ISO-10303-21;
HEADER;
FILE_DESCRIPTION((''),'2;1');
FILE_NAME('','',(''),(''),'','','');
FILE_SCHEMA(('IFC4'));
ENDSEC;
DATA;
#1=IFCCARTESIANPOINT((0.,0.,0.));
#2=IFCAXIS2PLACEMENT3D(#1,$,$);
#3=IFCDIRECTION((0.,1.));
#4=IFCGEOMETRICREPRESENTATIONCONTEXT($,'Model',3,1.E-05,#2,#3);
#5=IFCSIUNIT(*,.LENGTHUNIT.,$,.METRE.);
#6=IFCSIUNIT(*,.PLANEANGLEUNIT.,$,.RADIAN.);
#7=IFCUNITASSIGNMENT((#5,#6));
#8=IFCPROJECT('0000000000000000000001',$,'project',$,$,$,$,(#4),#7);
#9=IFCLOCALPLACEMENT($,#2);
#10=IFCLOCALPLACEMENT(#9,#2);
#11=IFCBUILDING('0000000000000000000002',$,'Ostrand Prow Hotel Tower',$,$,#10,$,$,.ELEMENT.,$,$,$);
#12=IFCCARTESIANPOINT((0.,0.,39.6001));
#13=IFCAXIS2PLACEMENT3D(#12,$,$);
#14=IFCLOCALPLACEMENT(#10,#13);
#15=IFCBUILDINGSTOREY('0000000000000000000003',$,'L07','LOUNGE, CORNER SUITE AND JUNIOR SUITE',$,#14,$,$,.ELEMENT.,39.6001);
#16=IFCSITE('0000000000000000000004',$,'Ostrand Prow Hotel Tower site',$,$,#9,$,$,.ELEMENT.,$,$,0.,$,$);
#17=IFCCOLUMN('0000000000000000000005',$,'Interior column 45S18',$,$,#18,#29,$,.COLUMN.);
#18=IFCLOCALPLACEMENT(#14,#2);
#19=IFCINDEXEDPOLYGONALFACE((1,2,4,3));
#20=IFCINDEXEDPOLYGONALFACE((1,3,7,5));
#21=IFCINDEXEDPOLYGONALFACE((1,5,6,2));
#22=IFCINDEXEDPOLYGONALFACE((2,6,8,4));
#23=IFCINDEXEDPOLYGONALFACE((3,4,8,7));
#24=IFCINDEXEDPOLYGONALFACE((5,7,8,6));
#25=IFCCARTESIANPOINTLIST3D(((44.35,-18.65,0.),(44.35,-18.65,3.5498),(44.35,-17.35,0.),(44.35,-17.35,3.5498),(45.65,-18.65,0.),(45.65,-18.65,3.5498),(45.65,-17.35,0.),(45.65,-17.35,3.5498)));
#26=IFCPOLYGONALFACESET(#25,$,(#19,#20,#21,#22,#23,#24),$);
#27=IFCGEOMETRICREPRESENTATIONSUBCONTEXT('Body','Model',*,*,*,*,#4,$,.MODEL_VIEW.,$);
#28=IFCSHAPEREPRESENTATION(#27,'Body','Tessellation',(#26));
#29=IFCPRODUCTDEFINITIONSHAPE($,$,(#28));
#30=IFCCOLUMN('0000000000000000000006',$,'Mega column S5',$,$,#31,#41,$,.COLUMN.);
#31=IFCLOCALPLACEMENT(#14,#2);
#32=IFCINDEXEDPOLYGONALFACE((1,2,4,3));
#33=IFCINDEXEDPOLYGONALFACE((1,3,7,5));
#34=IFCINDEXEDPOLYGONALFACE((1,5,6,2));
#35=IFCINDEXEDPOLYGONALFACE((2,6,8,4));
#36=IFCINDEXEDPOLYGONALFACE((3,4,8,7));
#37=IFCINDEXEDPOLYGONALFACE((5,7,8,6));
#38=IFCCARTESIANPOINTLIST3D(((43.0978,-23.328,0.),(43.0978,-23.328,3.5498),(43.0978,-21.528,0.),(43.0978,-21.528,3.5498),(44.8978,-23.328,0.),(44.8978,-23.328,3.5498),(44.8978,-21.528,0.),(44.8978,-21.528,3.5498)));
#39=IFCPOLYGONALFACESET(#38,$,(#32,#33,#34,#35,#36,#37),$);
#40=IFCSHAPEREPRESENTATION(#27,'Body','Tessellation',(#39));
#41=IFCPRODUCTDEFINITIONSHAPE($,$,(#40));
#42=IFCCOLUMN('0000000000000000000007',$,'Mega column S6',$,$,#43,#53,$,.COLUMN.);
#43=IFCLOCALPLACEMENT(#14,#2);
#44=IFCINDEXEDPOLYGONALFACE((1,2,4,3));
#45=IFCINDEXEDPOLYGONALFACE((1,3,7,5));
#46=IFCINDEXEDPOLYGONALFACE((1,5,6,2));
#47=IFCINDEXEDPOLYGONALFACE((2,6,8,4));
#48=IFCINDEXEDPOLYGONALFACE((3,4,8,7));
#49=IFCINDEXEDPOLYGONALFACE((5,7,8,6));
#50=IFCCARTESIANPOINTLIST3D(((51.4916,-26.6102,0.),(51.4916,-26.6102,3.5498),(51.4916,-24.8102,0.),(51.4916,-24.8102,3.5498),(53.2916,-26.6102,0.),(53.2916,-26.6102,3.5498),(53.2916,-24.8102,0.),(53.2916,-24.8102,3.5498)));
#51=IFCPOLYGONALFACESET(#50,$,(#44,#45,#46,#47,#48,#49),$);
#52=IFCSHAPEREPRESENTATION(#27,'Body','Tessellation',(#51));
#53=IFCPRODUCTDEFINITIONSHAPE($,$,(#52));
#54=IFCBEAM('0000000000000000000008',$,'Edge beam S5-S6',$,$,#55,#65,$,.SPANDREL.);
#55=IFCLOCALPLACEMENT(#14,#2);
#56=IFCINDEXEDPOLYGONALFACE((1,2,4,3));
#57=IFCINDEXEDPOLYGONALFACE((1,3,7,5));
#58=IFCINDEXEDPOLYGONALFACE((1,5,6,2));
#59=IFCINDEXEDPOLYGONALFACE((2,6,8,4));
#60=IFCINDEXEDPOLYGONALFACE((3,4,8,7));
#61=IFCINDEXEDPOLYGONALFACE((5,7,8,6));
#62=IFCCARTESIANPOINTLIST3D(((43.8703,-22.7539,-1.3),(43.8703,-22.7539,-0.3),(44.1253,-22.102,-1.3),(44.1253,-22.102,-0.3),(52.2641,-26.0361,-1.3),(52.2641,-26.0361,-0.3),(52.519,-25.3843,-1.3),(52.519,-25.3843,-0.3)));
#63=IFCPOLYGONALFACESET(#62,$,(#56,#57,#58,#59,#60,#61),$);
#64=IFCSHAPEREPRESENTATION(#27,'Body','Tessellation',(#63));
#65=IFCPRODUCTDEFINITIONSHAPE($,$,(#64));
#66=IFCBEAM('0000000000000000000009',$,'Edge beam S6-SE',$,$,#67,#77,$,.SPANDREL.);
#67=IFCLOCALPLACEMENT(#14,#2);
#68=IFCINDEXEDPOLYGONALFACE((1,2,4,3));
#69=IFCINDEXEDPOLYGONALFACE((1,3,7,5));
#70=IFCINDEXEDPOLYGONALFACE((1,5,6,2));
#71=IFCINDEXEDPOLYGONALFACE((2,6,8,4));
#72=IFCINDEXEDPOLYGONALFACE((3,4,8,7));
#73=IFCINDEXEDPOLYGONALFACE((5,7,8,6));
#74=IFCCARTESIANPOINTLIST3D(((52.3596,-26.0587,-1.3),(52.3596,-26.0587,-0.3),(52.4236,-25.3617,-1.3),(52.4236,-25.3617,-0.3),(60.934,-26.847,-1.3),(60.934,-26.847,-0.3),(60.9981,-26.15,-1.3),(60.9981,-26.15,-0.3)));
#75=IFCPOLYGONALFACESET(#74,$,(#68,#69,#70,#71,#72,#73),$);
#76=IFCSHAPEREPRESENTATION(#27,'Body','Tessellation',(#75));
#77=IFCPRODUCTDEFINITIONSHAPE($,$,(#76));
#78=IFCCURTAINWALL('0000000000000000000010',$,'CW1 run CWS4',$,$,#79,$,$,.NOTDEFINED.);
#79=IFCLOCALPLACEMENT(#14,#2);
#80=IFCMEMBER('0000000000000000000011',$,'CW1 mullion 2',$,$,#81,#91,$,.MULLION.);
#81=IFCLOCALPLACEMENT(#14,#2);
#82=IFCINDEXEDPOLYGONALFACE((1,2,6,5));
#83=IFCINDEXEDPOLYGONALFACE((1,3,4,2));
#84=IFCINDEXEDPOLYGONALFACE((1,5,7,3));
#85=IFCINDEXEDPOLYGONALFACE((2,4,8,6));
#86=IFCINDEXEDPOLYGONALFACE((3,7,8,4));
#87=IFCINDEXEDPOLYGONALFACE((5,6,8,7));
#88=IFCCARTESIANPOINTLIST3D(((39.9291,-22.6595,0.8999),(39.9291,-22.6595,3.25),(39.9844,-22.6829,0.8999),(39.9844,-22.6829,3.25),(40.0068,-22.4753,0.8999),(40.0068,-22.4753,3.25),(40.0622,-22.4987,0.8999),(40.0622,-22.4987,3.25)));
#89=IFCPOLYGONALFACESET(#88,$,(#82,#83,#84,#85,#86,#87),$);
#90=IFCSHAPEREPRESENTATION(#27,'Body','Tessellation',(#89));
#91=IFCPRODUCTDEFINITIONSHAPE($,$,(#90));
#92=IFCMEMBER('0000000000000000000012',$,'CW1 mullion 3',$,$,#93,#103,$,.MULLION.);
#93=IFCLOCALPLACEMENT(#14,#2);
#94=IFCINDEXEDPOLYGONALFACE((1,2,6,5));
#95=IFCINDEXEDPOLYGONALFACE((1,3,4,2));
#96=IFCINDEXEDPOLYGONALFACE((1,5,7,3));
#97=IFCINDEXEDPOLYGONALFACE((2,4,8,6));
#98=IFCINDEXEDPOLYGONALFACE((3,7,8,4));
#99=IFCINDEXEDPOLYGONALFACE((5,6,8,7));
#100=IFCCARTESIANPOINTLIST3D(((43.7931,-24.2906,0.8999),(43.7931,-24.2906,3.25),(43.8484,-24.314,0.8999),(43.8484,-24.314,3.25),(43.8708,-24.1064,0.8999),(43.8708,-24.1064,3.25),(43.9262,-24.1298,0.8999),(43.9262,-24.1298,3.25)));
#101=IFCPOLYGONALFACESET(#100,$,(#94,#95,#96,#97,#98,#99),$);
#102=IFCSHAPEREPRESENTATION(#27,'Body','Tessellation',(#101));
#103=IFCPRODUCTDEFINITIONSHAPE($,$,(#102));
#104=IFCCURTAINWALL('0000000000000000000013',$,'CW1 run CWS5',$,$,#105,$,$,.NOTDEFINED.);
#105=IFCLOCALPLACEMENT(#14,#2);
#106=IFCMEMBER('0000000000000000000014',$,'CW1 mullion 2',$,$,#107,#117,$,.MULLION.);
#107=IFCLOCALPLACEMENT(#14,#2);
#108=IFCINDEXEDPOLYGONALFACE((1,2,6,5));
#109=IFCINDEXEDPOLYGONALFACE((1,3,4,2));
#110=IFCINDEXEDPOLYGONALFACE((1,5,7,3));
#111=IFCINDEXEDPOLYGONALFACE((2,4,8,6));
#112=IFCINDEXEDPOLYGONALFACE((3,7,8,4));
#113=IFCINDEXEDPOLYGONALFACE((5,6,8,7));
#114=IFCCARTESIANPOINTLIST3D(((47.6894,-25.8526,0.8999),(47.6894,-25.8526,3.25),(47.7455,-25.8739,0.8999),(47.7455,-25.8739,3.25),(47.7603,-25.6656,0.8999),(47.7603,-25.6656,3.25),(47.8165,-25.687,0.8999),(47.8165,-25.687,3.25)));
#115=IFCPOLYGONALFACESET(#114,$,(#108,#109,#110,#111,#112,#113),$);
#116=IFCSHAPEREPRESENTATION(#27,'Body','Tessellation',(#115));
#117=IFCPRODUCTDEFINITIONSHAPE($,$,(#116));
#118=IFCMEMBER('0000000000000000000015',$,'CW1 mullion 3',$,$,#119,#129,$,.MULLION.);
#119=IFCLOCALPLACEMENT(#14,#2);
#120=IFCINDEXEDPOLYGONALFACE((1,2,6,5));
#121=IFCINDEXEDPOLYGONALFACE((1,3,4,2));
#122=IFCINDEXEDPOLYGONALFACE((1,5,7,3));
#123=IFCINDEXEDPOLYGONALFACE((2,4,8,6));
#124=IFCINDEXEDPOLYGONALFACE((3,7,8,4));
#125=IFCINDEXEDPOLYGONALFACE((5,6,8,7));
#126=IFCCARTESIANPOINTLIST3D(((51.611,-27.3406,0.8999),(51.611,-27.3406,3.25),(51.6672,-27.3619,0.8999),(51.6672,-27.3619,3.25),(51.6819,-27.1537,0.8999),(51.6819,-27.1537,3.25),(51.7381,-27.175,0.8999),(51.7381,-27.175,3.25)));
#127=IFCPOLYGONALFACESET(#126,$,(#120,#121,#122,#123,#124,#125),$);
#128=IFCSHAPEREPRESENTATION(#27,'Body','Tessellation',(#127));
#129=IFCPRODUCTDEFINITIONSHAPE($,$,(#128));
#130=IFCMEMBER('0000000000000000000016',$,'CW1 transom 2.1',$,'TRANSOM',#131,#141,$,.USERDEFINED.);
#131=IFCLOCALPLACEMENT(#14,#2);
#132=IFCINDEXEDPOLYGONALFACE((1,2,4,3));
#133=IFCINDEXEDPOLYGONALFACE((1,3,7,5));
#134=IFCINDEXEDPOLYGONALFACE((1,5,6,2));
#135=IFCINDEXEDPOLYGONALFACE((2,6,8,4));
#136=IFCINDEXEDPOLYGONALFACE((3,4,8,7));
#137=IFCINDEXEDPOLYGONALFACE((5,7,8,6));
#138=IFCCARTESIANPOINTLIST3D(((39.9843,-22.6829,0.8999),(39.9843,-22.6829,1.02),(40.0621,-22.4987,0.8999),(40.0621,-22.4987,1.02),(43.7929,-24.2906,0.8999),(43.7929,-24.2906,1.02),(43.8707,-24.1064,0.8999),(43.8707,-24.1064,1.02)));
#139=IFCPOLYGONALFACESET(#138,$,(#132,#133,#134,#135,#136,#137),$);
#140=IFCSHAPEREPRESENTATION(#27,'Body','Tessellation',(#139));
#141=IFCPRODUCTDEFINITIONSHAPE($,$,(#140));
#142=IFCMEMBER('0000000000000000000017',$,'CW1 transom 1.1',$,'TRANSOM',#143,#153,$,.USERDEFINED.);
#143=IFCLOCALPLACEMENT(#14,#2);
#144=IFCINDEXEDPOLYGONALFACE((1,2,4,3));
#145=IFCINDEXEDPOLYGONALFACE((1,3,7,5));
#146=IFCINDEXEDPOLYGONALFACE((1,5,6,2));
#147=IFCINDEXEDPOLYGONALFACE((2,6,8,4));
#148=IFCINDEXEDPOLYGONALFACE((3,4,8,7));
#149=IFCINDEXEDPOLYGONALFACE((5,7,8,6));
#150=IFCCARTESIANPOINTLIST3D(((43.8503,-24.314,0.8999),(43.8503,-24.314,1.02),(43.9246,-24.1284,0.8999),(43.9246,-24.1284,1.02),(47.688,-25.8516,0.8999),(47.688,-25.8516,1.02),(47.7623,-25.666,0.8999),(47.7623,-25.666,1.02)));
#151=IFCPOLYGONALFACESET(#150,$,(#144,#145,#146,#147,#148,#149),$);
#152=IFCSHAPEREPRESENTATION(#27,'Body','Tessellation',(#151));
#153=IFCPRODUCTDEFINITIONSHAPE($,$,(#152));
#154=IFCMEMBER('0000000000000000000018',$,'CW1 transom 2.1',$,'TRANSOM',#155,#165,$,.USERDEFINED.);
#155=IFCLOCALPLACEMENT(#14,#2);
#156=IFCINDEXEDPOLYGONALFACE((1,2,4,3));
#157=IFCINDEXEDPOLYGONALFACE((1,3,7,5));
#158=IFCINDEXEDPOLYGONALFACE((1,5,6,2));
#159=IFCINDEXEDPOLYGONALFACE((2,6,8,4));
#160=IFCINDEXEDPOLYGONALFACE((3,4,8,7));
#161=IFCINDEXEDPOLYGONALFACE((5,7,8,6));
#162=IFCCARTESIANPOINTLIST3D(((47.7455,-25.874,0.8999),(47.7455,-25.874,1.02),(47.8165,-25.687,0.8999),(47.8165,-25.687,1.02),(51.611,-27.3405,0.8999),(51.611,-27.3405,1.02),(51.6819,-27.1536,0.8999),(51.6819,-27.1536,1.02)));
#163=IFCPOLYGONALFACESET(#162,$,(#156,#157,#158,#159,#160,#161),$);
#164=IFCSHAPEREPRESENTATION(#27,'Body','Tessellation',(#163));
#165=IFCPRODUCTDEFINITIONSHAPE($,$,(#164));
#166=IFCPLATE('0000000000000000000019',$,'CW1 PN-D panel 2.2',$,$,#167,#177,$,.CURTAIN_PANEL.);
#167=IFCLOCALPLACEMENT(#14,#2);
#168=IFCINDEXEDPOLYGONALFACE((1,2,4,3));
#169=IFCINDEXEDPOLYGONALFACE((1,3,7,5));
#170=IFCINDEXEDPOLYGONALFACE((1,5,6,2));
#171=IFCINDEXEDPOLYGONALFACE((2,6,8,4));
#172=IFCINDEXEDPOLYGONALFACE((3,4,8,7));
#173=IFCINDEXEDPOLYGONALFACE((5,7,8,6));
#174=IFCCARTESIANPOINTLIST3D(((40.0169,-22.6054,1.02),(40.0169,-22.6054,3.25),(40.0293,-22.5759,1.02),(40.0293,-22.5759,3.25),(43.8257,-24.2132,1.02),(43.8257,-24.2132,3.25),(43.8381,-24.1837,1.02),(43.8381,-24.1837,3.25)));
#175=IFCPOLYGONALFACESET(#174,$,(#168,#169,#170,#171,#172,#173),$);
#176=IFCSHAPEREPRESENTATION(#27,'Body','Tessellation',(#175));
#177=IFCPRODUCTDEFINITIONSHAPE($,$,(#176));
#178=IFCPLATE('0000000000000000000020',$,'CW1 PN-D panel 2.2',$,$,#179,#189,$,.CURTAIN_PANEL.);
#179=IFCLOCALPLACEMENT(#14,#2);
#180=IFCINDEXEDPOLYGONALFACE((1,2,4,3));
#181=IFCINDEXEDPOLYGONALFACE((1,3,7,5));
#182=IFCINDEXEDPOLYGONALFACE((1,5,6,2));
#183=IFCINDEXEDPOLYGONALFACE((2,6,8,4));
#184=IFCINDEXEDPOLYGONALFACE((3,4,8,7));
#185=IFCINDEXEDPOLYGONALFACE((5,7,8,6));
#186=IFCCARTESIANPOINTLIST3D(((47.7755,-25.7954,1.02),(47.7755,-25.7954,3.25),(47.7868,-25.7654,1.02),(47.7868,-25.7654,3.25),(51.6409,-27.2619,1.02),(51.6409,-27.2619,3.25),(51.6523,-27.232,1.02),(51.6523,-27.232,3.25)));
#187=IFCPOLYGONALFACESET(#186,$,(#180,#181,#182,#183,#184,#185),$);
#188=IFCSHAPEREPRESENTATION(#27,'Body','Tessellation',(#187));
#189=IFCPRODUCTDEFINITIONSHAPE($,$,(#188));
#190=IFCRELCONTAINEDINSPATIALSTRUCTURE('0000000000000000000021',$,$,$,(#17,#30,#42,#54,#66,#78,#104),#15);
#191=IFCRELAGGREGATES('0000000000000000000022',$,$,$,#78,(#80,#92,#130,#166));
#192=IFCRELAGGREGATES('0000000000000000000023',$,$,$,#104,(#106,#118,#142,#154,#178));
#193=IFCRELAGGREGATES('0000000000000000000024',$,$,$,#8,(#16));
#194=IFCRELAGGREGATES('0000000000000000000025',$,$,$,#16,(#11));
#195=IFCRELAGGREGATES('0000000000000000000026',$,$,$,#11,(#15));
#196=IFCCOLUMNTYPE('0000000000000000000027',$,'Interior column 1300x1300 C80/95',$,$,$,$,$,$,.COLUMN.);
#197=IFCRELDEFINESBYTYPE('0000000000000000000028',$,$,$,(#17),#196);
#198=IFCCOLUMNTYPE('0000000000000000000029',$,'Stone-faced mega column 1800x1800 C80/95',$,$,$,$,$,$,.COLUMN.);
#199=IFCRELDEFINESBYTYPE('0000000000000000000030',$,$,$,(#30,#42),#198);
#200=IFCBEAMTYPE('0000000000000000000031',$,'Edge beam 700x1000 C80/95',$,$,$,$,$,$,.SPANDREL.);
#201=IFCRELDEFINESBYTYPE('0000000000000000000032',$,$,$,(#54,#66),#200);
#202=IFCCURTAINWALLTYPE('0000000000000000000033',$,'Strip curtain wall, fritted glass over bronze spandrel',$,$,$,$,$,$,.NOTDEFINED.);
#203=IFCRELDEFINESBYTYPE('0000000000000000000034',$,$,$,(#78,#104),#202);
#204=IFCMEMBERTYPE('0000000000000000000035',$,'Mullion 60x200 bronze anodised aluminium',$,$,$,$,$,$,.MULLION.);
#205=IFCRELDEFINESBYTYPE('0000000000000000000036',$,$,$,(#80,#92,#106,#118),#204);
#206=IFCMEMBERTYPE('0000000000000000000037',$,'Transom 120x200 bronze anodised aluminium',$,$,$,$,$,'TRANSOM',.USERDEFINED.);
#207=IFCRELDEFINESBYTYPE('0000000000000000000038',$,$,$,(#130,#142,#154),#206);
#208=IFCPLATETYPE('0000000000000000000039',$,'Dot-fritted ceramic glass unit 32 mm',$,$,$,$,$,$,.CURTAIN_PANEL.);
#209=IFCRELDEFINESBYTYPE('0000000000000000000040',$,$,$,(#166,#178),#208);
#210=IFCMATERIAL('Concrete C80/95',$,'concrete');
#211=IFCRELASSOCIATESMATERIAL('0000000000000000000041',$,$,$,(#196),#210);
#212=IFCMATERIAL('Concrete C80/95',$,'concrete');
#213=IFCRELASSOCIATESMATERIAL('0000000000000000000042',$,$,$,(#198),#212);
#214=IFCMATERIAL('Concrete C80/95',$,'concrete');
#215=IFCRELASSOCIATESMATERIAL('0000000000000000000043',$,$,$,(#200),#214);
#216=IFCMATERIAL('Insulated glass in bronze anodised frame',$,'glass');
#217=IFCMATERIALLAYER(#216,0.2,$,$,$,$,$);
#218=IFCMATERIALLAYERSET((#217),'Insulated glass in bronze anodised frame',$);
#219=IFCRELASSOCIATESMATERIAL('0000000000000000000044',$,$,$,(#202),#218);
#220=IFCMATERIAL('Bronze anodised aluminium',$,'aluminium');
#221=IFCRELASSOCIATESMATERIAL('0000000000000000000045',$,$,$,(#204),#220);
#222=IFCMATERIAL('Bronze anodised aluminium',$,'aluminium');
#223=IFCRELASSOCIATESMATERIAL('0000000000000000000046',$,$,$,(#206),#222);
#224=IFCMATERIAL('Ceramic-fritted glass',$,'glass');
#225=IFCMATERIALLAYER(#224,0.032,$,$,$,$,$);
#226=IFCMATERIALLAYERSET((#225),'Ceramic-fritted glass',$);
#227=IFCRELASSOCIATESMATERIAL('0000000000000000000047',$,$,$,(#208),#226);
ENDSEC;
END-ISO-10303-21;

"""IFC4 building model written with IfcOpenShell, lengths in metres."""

from ifc_helpers import new_model, si_unit, direction, frame, origin, origin_2d, place, context, subcontext, project, spatial, rectangle, extrude, material, layer, layer_set, material_profile, profile_set, type_object, element, aggregate, save


model = new_model("IFC4")

# Units and contexts
model_context = context("Model", 3, precision=1e-05, world=origin(), true_north=direction((0.0, 1.0)))
body_context = subcontext(model_context, "Body", "Model", "MODEL_VIEW")
ifc_project = project(units=[si_unit("LENGTHUNIT", "METRE"), si_unit("PLANEANGLEUNIT", "RADIAN")], contexts=[model_context])

# Site, building, storey
site_placement = place(None, origin())
site = spatial("IfcSite", under=ifc_project, at=site_placement, Name="Ostrand Prow Hotel Tower site", CompositionType="ELEMENT", RefElevation=0.0)
building_placement = place(site_placement, origin())
building = spatial("IfcBuilding", under=site, at=building_placement, Name="Ostrand Prow Hotel Tower", CompositionType="ELEMENT")
storey_placement = place(building_placement, frame((0.0, 0.0, 39.6001)))
storey = spatial("IfcBuildingStorey", under=building, at=storey_placement, Name="L07", Description="LOUNGE, CORNER SUITE AND JUNIOR SUITE", CompositionType="ELEMENT", Elevation=39.6001)

# Columns
ifc_material_1 = material(Name="Concrete C80/95", Category="concrete")
ifc_material_profile_1 = material_profile(ifc_material_1, rectangle(XDim=1.3, YDim=1.3, at=origin_2d()), Name="RC 1300x1300")
ifc_profile_set_1 = profile_set([ifc_material_profile_1], Name="Concrete C80/95")
column_type_1 = type_object("IfcColumnType", Name="Interior column 1300x1300 C80/95", PredefinedType="COLUMN", material=ifc_profile_set_1)
column_placement = place(storey_placement, frame((45.0, -18.0, 0.0), z_axis=(0.0, 0.0, 1.0), x_axis=(1.0, 0.0, 0.0)))
element("IfcColumn", 1, at=column_placement, inside=storey, type_object=column_type_1, Name="Interior column 45S18", PredefinedType="COLUMN", context=body_context, shape_type="SweptSolid", body=[
    extrude(rectangle(XDim=1.3, YDim=1.3, at=origin_2d()), origin(), (0.0, 0.0, 1.0), 3.5498),
])
ifc_material_2 = material(Name="Concrete C80/95", Category="concrete")
ifc_material_profile_2 = material_profile(ifc_material_2, rectangle(XDim=1.8, YDim=1.8, at=origin_2d()), Name="RC 1800x1800")
ifc_profile_set_2 = profile_set([ifc_material_profile_2], Name="Concrete C80/95")
column_type_2 = type_object("IfcColumnType", Name="Stone-faced mega column 1800x1800 C80/95", PredefinedType="COLUMN", material=ifc_profile_set_2)
for number, where, z_axis, x_axis, name in (
    (2, (43.9978, -22.428, 0.0), (0.0, 0.0, 1.0), (1.0, 0.0, 0.0), "Mega column S5"),
    (3, (52.3916, -25.7102, 0.0), (0.0, 0.0, 1.0), (1.0, 0.0, 0.0), "Mega column S6"),
):
    element("IfcColumn", number, at=place(storey_placement, frame(where, z_axis=z_axis, x_axis=x_axis)), inside=storey, type_object=column_type_2, Name=name, PredefinedType="COLUMN", context=body_context, shape_type="SweptSolid", body=[
        extrude(rectangle(XDim=1.8, YDim=1.8, at=origin_2d()), origin(), (0.0, 0.0, 1.0), 3.5498),
    ])

# Beams
ifc_material_3 = material(Name="Concrete C80/95", Category="concrete")
ifc_material_profile_3 = material_profile(ifc_material_3, rectangle(XDim=0.7, YDim=1.0, at=origin_2d()), Name="RC 700x1000")
ifc_profile_set_3 = profile_set([ifc_material_profile_3], Name="Concrete C80/95")
beam_type = type_object("IfcBeamType", Name="Edge beam 700x1000 C80/95", PredefinedType="SPANDREL", material=ifc_profile_set_3)
beam_1_placement = place(storey_placement, frame((43.9978, -22.428, -0.8), z_axis=(0.931329, -0.364178, 0.0), x_axis=(0.364178, 0.931329, 0.0)))
element("IfcBeam", 4, at=beam_1_placement, inside=storey, type_object=beam_type, Name="Edge beam S5-S6", PredefinedType="SPANDREL", context=body_context, shape_type="SweptSolid", body=[
    extrude(rectangle(XDim=0.7, YDim=1.0, at=origin_2d()), origin(), (0.0, 0.0, 1.0), 9.0127),
])
beam_2_placement = place(storey_placement, frame((52.3916, -25.7102, -0.8), z_axis=(0.9958, -0.091553, 0.0), x_axis=(0.091553, 0.9958, 0.0)))
element("IfcBeam", 5, at=beam_2_placement, inside=storey, type_object=beam_type, Name="Edge beam S6-SE", PredefinedType="SPANDREL", context=body_context, shape_type="SweptSolid", body=[
    extrude(rectangle(XDim=0.7, YDim=1.0, at=origin_2d()), origin(), (0.0, 0.0, 1.0), 8.6106),
])

# Curtain walls, members
ifc_material_4 = material(Name="Insulated glass in bronze anodised frame", Category="glass")
ifc_layer_1 = layer(ifc_material_4, 0.2)
ifc_layer_set_1 = layer_set([ifc_layer_1], Name="Insulated glass in bronze anodised frame")
curtain_wall_type = type_object("IfcCurtainWallType", Name="Strip curtain wall, fritted glass over bronze spandrel", PredefinedType="NOTDEFINED", material=ifc_layer_set_1)
curtain_wall_1_placement = place(storey_placement, origin())
curtain_wall_1 = element("IfcCurtainWall", 6, at=curtain_wall_1_placement, inside=storey, type_object=curtain_wall_type, Name="CW1 run CWS4", PredefinedType="NOTDEFINED")
ifc_material_5 = material(Name="Bronze anodised aluminium", Category="aluminium")
ifc_material_profile_4 = material_profile(ifc_material_5, rectangle(XDim=0.2, YDim=0.0601, at=origin_2d()), Name="Mullion 60x200 bronze anodised aluminium")
ifc_profile_set_4 = profile_set([ifc_material_profile_4], Name="Bronze anodised aluminium")
member_type_1 = type_object("IfcMemberType", Name="Mullion 60x200 bronze anodised aluminium", PredefinedType="MULLION", material=ifc_profile_set_4)
member_1_placement = place(storey_placement, frame((39.9956, -22.5791, 0.8999), z_axis=(0.0, 0.0, 1.0), x_axis=(0.388892, 0.921283, 0.0)))
member_1 = element("IfcMember", 7, at=member_1_placement, type_object=member_type_1, Name="CW1 mullion 2", PredefinedType="MULLION", context=body_context, shape_type="SweptSolid", body=[
    extrude(rectangle(XDim=0.2, YDim=0.0601, at=origin_2d()), origin(), (0.0, 0.0, 1.0), 2.3501),
])
member_2_placement = place(storey_placement, frame((43.8596, -24.2102, 0.8999), z_axis=(0.0, 0.0, 1.0), x_axis=(0.388892, 0.921283, 0.0)))
member_2 = element("IfcMember", 8, at=member_2_placement, type_object=member_type_1, Name="CW1 mullion 3", PredefinedType="MULLION", context=body_context, shape_type="SweptSolid", body=[
    extrude(rectangle(XDim=0.2, YDim=0.0601, at=origin_2d()), origin(), (0.0, 0.0, 1.0), 2.3501),
])
curtain_wall_2_placement = place(storey_placement, origin())
curtain_wall_2 = element("IfcCurtainWall", 9, at=curtain_wall_2_placement, inside=storey, type_object=curtain_wall_type, Name="CW1 run CWS5", PredefinedType="NOTDEFINED")
member_3_placement = place(storey_placement, frame((47.7529, -25.7698, 0.8999), z_axis=(0.0, 0.0, 1.0), x_axis=(0.354728, 0.934969, 0.0)))
member_3 = element("IfcMember", 10, at=member_3_placement, type_object=member_type_1, Name="CW1 mullion 2", PredefinedType="MULLION", context=body_context, shape_type="SweptSolid", body=[
    extrude(rectangle(XDim=0.2, YDim=0.0601, at=origin_2d()), origin(), (0.0, 0.0, 1.0), 2.3501),
])
member_4_placement = place(storey_placement, frame((51.6746, -27.2578, 0.8999), z_axis=(0.0, 0.0, 1.0), x_axis=(0.354728, 0.934969, 0.0)))
member_4 = element("IfcMember", 11, at=member_4_placement, type_object=member_type_1, Name="CW1 mullion 3", PredefinedType="MULLION", context=body_context, shape_type="SweptSolid", body=[
    extrude(rectangle(XDim=0.2, YDim=0.0601, at=origin_2d()), origin(), (0.0, 0.0, 1.0), 2.3501),
])

# Members
ifc_material_6 = material(Name="Bronze anodised aluminium", Category="aluminium")
ifc_material_profile_5 = material_profile(ifc_material_6, rectangle(XDim=0.2, YDim=0.1201, at=origin_2d()), Name="Transom 120x200 bronze anodised aluminium")
ifc_profile_set_5 = profile_set([ifc_material_profile_5], Name="Bronze anodised aluminium")
member_type_2 = type_object("IfcMemberType", Name="Transom 120x200 bronze anodised aluminium", ElementType="TRANSOM", PredefinedType="USERDEFINED", material=ifc_profile_set_5)
member_5_placement = place(storey_placement, frame((40.0232, -22.5908, 0.96), z_axis=(0.921285, -0.388888, 0.0), x_axis=(0.388888, 0.921285, 0.0)))
member_5 = element("IfcMember", 12, at=member_5_placement, type_object=member_type_2, Name="CW1 transom 2.1", ObjectType="TRANSOM", PredefinedType="USERDEFINED", context=body_context, shape_type="SweptSolid", body=[
    extrude(rectangle(XDim=0.2, YDim=0.1201, at=origin_2d()), origin(), (0.0, 0.0, 1.0), 4.134),
])
member_6_placement = place(storey_placement, frame((43.8875, -24.2212, 0.96), z_axis=(0.928265, -0.37192, 0.0), x_axis=(0.37192, 0.928265, 0.0)))
member_6 = element("IfcMember", 13, at=member_6_placement, type_object=member_type_2, Name="CW1 transom 1.1", ObjectType="TRANSOM", PredefinedType="USERDEFINED", context=body_context, shape_type="SweptSolid", body=[
    extrude(rectangle(XDim=0.2, YDim=0.1201, at=origin_2d()), origin(), (0.0, 0.0, 1.0), 4.1343),
])
member_7_placement = place(storey_placement, frame((47.781, -25.7805, 0.96), z_axis=(0.934971, -0.354725, 0.0), x_axis=(0.354725, 0.934971, 0.0)))
member_7 = element("IfcMember", 14, at=member_7_placement, type_object=member_type_2, Name="CW1 transom 2.1", ObjectType="TRANSOM", PredefinedType="USERDEFINED", context=body_context, shape_type="SweptSolid", body=[
    extrude(rectangle(XDim=0.2, YDim=0.1201, at=origin_2d()), origin(), (0.0, 0.0, 1.0), 4.1343),
])

# Plates
ifc_material_7 = material(Name="Ceramic-fritted glass", Category="glass")
ifc_layer_2 = layer(ifc_material_7, 0.032)
ifc_layer_set_2 = layer_set([ifc_layer_2], Name="Ceramic-fritted glass")
plate_type_1 = type_object("IfcPlateType", Name="Dot-fritted ceramic glass unit 32 mm", PredefinedType="CURTAIN_PANEL", material=ifc_layer_set_2)
plate_1_placement = place(storey_placement, frame((41.9275, -23.3945, 1.02), z_axis=(0.0, 0.0, 1.0), x_axis=(0.921283, -0.388892, 0.0)))
plate_1 = element("IfcPlate", 15, at=plate_1_placement, type_object=plate_type_1, Name="CW1 PN-D panel 2.2", PredefinedType="CURTAIN_PANEL", context=body_context, shape_type="SweptSolid", body=[
    extrude(rectangle(XDim=4.1343, YDim=0.032, at=origin_2d()), origin(), (0.0, 0.0, 1.0), 2.23),
])
aggregate(curtain_wall_1, [member_1, member_2, member_5, plate_1])
plate_2_placement = place(storey_placement, frame((49.7139, -26.5137, 1.02), z_axis=(0.0, 0.0, 1.0), x_axis=(0.934969, -0.354728, 0.0)))
plate_2 = element("IfcPlate", 16, at=plate_2_placement, type_object=plate_type_1, Name="CW1 PN-D panel 2.2", PredefinedType="CURTAIN_PANEL", context=body_context, shape_type="SweptSolid", body=[
    extrude(rectangle(XDim=4.1343, YDim=0.032, at=origin_2d()), origin(), (0.0, 0.0, 1.0), 2.23),
])
aggregate(curtain_wall_2, [member_3, member_4, member_6, member_7, plate_2])

save(model, "model.ifc")
